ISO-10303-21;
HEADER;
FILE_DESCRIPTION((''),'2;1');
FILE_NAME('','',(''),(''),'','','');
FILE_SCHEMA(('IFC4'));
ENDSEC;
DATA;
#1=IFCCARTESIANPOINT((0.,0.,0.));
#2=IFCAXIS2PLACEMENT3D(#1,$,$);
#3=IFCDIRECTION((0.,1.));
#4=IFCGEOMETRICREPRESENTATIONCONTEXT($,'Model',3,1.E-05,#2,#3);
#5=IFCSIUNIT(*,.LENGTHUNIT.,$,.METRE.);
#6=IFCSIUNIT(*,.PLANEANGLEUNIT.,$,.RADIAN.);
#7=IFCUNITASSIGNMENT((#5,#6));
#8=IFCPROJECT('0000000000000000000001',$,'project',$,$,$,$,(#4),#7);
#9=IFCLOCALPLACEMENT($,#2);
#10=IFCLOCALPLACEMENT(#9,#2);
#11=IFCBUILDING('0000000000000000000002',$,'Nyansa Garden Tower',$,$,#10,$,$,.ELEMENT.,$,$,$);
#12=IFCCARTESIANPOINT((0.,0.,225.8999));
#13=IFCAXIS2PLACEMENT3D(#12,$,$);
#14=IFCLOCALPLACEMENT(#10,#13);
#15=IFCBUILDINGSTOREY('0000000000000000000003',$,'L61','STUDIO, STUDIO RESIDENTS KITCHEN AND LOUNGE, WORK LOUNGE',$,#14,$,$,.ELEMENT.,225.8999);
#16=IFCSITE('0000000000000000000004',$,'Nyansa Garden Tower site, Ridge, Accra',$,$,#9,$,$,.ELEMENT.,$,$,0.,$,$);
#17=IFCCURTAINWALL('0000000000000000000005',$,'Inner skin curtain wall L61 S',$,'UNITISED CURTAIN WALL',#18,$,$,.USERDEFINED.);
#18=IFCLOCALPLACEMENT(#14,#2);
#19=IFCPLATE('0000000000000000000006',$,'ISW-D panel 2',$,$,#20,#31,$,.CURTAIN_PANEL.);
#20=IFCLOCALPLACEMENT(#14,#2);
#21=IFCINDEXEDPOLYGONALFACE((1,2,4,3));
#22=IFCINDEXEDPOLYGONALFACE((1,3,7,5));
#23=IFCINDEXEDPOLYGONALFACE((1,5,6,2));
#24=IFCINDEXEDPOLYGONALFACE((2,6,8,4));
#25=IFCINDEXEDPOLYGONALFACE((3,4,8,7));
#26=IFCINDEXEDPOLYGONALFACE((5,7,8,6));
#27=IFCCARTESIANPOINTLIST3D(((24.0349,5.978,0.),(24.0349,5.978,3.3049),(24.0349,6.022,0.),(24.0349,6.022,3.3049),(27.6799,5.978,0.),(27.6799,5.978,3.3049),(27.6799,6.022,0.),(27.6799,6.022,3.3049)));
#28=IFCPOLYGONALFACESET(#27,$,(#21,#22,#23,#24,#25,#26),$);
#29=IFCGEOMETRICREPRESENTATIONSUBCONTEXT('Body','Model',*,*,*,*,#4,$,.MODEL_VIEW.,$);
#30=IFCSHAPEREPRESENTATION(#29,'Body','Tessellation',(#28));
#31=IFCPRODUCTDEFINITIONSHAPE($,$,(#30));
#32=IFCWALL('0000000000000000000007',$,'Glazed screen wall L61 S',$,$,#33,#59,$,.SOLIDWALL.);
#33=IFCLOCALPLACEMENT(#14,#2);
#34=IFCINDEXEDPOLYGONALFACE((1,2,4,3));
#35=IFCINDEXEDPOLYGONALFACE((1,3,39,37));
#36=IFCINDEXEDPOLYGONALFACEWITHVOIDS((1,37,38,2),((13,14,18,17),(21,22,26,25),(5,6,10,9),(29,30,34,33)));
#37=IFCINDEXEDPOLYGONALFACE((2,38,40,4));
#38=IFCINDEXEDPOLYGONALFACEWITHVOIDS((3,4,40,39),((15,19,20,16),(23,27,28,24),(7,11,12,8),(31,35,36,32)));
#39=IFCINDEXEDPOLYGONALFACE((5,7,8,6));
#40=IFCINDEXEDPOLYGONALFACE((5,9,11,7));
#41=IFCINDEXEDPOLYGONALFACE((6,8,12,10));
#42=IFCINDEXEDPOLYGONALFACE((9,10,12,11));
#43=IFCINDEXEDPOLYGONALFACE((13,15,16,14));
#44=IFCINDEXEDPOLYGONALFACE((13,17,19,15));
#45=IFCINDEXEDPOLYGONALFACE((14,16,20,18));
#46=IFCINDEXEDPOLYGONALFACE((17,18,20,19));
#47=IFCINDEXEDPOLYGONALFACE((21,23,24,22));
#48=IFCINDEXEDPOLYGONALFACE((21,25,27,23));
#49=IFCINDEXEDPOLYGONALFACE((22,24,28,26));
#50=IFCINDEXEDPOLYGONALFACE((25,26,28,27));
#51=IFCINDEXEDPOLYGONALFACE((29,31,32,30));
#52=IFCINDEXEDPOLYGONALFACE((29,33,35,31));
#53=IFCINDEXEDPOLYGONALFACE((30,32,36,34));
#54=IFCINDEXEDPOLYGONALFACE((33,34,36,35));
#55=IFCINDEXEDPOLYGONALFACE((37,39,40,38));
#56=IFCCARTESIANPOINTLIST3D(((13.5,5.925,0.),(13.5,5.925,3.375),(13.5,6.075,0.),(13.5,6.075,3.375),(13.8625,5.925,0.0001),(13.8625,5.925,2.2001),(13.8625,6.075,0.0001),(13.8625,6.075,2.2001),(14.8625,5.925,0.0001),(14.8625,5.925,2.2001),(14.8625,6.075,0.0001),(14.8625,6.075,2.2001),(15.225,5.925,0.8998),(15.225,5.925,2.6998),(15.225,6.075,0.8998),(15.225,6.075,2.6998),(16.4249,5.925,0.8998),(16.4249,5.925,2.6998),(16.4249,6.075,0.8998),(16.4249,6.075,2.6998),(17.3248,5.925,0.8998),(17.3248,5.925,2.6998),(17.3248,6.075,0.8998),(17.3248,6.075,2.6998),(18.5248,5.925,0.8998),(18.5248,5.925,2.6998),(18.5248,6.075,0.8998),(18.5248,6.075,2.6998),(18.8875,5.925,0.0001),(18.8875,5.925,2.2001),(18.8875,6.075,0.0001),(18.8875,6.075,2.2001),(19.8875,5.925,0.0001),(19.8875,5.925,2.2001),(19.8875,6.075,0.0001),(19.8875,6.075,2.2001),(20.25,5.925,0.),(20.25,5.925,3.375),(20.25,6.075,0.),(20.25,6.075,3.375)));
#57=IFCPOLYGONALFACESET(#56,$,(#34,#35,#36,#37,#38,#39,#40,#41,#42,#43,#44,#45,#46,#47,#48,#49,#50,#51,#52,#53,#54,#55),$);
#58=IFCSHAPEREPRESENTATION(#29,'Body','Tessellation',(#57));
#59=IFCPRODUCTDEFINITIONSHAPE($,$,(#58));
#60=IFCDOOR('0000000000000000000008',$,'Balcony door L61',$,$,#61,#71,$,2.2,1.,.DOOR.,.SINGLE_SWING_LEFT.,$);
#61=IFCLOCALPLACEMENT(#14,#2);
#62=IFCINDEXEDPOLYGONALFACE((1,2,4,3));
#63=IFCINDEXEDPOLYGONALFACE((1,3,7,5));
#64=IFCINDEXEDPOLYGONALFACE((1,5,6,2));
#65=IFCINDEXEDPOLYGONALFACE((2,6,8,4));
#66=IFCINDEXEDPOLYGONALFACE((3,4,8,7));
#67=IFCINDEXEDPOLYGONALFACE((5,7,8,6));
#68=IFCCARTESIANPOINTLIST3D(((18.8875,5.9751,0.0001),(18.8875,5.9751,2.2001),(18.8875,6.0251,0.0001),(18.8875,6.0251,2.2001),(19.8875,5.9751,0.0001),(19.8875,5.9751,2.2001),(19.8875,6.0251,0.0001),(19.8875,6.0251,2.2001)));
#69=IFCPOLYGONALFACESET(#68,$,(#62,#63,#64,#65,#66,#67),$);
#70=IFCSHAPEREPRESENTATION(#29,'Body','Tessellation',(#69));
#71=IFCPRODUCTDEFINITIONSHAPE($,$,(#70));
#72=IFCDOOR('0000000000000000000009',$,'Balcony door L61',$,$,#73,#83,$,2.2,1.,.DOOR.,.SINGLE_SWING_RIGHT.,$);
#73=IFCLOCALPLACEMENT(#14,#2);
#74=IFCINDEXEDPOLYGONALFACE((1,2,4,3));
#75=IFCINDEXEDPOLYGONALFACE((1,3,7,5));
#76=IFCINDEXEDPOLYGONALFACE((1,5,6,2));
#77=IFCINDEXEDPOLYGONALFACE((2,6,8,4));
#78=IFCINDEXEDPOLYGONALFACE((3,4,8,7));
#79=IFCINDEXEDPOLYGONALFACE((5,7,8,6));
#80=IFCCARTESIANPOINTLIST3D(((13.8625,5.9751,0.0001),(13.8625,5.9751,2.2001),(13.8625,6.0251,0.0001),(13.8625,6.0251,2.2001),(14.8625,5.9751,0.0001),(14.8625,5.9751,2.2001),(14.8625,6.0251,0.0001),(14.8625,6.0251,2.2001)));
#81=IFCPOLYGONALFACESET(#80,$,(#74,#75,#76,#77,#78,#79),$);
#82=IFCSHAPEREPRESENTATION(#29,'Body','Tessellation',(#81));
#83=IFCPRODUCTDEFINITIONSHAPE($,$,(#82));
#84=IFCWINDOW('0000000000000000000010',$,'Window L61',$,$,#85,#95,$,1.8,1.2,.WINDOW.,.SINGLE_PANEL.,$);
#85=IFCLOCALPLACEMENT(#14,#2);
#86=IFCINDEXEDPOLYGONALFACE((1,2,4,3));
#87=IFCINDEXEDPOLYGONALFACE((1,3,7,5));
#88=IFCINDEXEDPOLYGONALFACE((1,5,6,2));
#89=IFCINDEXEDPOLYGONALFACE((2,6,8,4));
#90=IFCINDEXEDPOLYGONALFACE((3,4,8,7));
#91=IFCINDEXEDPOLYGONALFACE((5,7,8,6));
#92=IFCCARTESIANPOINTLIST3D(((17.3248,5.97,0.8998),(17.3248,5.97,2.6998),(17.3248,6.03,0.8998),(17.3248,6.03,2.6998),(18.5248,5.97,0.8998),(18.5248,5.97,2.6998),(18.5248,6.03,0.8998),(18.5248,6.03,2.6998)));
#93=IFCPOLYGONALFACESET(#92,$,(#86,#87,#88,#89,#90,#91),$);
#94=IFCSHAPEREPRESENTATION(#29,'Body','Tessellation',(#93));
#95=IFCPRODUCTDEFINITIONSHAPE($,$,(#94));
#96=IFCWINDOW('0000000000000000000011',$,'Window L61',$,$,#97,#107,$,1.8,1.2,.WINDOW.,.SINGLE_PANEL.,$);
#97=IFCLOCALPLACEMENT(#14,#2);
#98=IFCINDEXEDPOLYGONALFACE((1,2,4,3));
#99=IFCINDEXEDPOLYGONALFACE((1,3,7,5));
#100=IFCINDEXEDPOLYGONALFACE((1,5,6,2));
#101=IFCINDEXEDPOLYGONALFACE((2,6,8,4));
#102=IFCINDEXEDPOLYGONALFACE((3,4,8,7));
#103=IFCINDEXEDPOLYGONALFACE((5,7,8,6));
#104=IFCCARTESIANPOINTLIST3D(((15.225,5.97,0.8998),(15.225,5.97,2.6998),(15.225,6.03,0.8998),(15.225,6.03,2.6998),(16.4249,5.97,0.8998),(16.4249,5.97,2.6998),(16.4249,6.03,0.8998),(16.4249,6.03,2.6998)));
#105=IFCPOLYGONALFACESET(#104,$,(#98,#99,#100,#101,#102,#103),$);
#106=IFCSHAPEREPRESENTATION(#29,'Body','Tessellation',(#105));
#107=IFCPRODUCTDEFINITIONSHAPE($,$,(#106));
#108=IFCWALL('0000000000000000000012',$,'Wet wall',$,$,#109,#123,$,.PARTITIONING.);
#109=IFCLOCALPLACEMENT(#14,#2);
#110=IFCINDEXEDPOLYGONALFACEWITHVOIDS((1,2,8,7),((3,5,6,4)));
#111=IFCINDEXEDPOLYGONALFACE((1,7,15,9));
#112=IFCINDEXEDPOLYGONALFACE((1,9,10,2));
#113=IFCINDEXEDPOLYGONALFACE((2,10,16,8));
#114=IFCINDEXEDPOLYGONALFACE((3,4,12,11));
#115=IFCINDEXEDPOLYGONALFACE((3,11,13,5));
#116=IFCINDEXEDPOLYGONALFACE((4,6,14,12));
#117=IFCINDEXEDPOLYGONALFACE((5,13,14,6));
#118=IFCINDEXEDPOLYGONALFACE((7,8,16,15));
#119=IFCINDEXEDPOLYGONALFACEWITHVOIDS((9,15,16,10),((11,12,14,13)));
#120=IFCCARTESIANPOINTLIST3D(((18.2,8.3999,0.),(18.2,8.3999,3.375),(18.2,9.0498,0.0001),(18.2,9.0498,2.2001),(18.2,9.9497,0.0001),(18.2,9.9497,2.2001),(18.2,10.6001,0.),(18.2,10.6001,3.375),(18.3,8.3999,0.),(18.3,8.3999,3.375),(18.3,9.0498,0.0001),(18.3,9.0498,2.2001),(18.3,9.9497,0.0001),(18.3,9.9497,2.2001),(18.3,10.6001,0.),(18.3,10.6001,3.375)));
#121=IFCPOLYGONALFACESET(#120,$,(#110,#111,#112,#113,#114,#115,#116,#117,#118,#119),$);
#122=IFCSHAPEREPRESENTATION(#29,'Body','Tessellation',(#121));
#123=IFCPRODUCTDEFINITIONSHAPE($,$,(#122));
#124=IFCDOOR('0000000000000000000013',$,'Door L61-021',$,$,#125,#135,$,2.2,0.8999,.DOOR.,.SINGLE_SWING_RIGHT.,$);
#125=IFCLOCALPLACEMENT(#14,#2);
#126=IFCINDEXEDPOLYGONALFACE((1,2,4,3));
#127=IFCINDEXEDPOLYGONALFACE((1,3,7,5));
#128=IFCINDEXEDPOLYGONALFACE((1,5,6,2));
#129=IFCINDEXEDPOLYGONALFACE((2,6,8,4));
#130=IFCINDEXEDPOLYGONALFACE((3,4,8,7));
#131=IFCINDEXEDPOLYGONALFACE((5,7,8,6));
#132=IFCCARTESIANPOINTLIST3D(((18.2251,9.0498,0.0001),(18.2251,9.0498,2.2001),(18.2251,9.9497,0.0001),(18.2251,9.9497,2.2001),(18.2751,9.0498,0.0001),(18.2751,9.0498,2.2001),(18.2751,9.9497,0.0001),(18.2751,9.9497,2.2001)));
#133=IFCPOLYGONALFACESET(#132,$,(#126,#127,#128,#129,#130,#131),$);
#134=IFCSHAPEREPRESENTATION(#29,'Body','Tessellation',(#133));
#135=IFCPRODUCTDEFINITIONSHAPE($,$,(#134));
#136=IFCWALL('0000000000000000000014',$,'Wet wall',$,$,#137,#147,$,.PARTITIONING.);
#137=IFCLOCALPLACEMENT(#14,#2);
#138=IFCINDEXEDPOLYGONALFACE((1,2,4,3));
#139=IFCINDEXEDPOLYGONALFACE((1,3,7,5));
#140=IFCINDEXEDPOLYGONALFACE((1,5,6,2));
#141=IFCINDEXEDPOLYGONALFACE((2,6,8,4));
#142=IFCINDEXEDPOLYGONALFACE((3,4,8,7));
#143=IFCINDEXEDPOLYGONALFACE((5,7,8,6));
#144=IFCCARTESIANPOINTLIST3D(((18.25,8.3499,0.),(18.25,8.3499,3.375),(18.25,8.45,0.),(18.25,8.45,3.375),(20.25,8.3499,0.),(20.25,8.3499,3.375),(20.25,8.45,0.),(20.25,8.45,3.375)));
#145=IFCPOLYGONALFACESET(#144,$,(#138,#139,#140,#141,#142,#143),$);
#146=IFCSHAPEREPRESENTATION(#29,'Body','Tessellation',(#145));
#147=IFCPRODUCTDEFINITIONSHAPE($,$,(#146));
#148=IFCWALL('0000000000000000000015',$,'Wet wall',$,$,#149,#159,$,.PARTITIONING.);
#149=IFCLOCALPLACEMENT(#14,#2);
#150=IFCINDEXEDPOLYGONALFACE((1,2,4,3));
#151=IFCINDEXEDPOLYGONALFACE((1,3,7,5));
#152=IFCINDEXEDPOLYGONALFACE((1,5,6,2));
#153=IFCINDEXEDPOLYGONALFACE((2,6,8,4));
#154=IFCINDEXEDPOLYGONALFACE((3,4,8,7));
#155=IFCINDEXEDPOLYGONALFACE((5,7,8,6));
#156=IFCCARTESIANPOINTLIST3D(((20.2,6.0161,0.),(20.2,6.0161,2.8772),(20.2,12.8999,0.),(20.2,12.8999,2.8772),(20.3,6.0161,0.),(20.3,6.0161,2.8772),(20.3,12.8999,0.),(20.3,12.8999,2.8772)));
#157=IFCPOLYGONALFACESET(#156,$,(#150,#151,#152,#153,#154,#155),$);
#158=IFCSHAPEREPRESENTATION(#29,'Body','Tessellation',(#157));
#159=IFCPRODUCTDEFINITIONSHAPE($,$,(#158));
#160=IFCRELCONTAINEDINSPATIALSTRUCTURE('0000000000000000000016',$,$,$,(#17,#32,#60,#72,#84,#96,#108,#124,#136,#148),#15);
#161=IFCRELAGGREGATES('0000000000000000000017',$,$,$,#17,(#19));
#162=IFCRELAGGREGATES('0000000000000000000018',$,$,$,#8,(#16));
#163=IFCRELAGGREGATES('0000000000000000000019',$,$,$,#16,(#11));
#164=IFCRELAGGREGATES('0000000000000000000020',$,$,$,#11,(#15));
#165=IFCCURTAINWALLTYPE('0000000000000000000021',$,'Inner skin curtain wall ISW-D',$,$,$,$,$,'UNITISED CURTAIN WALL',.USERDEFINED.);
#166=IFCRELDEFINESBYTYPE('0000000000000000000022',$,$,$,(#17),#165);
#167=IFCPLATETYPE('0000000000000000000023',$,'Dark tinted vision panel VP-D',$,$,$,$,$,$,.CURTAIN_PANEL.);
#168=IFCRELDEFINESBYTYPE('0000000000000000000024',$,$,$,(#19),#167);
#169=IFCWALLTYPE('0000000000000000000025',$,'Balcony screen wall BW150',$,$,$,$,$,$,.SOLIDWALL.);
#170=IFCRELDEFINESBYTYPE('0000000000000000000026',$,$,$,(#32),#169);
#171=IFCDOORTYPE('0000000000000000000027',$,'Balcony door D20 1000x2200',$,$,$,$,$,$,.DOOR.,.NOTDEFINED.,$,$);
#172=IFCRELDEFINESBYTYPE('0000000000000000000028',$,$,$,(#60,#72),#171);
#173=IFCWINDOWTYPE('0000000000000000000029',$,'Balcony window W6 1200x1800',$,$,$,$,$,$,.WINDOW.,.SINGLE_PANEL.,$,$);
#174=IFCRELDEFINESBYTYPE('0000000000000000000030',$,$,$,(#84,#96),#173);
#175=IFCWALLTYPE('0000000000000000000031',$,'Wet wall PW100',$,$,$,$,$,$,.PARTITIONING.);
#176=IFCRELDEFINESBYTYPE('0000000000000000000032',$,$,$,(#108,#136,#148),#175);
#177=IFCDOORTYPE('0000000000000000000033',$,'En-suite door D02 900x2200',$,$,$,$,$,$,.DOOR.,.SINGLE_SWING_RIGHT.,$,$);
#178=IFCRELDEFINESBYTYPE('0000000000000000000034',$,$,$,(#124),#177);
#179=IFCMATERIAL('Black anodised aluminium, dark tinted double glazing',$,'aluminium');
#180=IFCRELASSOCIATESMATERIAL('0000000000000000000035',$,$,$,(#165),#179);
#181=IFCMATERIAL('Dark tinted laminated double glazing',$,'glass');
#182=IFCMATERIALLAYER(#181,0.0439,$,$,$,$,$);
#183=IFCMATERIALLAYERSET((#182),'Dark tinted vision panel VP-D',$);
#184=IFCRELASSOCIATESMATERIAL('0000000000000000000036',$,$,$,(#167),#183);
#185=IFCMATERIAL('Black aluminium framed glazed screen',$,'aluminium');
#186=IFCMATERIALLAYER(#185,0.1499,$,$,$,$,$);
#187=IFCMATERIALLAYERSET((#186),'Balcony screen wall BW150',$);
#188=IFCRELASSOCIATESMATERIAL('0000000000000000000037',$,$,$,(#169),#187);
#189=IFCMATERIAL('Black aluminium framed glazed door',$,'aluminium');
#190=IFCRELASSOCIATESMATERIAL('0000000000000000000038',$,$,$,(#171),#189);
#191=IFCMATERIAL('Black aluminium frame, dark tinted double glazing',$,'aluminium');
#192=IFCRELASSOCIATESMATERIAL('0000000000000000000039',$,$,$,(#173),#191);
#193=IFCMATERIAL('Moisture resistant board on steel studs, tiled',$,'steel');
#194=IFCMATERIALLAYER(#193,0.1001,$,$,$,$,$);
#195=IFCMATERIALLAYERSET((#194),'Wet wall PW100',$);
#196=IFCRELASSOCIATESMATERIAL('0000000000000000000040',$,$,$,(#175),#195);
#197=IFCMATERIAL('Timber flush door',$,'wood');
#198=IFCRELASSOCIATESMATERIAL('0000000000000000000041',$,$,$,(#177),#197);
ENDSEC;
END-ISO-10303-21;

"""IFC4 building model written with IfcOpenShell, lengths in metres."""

from ifc_helpers import new_model, si_unit, direction, frame, frame_2d, origin, origin_2d, place, context, subcontext, project, spatial, rectangle, extrude, material, layer, layer_set, type_object, element, fill, aggregate, save


model = new_model("IFC4")

# Units and contexts
model_context = context("Model", 3, precision=1e-05, world=origin(), true_north=direction((0.0, 1.0)))
body_context = subcontext(model_context, "Body", "Model", "MODEL_VIEW")
ifc_project = project(units=[si_unit("LENGTHUNIT", "METRE"), si_unit("PLANEANGLEUNIT", "RADIAN")], contexts=[model_context])

# Site, building, storey
site_placement = place(None, origin())
site = spatial("IfcSite", under=ifc_project, at=site_placement, Name="Nyansa Garden Tower site, Ridge, Accra", CompositionType="ELEMENT", RefElevation=0.0)
building_placement = place(site_placement, origin())
building = spatial("IfcBuilding", under=site, at=building_placement, Name="Nyansa Garden Tower", CompositionType="ELEMENT")
storey_placement = place(building_placement, frame((0.0, 0.0, 225.8999)))
storey = spatial("IfcBuildingStorey", under=building, at=storey_placement, Name="L61", Description="STUDIO, STUDIO RESIDENTS KITCHEN AND LOUNGE, WORK LOUNGE", CompositionType="ELEMENT", Elevation=225.8999)

# Curtain wall
ifc_material_1 = material(Name="Black anodised aluminium, dark tinted double glazing", Category="aluminium")
curtain_wall_type = type_object("IfcCurtainWallType", Name="Inner skin curtain wall ISW-D", ElementType="UNITISED CURTAIN WALL", PredefinedType="USERDEFINED", material=ifc_material_1)
curtain_wall_placement = place(storey_placement, origin())
curtain_wall = element("IfcCurtainWall", 1, at=curtain_wall_placement, inside=storey, type_object=curtain_wall_type, Name="Inner skin curtain wall L61 S", ObjectType="UNITISED CURTAIN WALL", PredefinedType="USERDEFINED")

# Plate
ifc_material_2 = material(Name="Dark tinted laminated double glazing", Category="glass")
ifc_layer_1 = layer(ifc_material_2, 0.0439)
ifc_layer_set_1 = layer_set([ifc_layer_1], Name="Dark tinted vision panel VP-D")
plate_type = type_object("IfcPlateType", Name="Dark tinted vision panel VP-D", PredefinedType="CURTAIN_PANEL", material=ifc_layer_set_1)
plate_1_placement = place(storey_placement, frame((25.8574, 6.0, 0.0), z_axis=(0.0, 0.0, 1.0), x_axis=(1.0, 0.0, 0.0)))
plate_1 = element("IfcPlate", 2, at=plate_1_placement, type_object=plate_type, Name="ISW-D panel 2", PredefinedType="CURTAIN_PANEL", context=body_context, shape_type="SweptSolid", body=[
    extrude(rectangle(XDim=3.645, YDim=0.0439, at=origin_2d()), origin(), (0.0, 0.0, 1.0), 3.3049),
])
aggregate(curtain_wall, [plate_1])

# Wall, openings, doors, windows
ifc_material_3 = material(Name="Black aluminium framed glazed screen", Category="aluminium")
ifc_layer_2 = layer(ifc_material_3, 0.1499)
ifc_layer_set_2 = layer_set([ifc_layer_2], Name="Balcony screen wall BW150")
wall_type_1 = type_object("IfcWallType", Name="Balcony screen wall BW150", PredefinedType="SOLIDWALL", material=ifc_layer_set_2)
wall_1_placement = place(storey_placement, frame((20.25, 6.0, 0.0), z_axis=(0.0, 0.0, 1.0), x_axis=(-1.0, 0.0, 0.0)))
wall_1 = element("IfcWall", 3, at=wall_1_placement, inside=storey, type_object=wall_type_1, Name="Glazed screen wall L61 S", PredefinedType="SOLIDWALL", context=body_context, shape_type="SweptSolid", body=[
    extrude(rectangle(XDim=6.75, YDim=0.1499, at=frame_2d((3.375, 0.0))), origin(), (0.0, 0.0, 1.0), 3.375),
])
opening_1_placement = place(wall_1_placement, frame((0.3625, 0.0, 0.0)))
opening_1 = element("IfcOpeningElement", 4, at=opening_1_placement, cuts=wall_1, PredefinedType="OPENING", context=body_context, shape_type="SweptSolid", body=[
    extrude(rectangle(XDim=1.0, YDim=2.2, at=frame_2d((0.5, 1.1001))), frame((0.0, 0.085, 0.0), z_axis=(0.0, -1.0, 0.0), x_axis=(1.0, 0.0, 0.0)), (0.0, 0.0, 1.0), 0.1699),
])
opening_2_placement = place(wall_1_placement, frame((1.7251, 0.0, 0.8999)))
opening_2 = element("IfcOpeningElement", 5, at=opening_2_placement, cuts=wall_1, PredefinedType="OPENING", context=body_context, shape_type="SweptSolid", body=[
    extrude(rectangle(XDim=1.2, YDim=1.8, at=frame_2d((0.6001, 0.8999))), frame((0.0, 0.085, 0.0), z_axis=(0.0, -1.0, 0.0), x_axis=(1.0, 0.0, 0.0)), (0.0, 0.0, 1.0), 0.1699),
])
opening_3_placement = place(wall_1_placement, frame((5.3875, 0.0, 0.0)))
opening_3 = element("IfcOpeningElement", 6, at=opening_3_placement, cuts=wall_1, PredefinedType="OPENING", context=body_context, shape_type="SweptSolid", body=[
    extrude(rectangle(XDim=1.0, YDim=2.2, at=frame_2d((0.5, 1.1001))), frame((0.0, 0.085, 0.0), z_axis=(0.0, -1.0, 0.0), x_axis=(1.0, 0.0, 0.0)), (0.0, 0.0, 1.0), 0.1699),
])
opening_4_placement = place(wall_1_placement, frame((3.825, 0.0, 0.8999)))
opening_4 = element("IfcOpeningElement", 7, at=opening_4_placement, cuts=wall_1, PredefinedType="OPENING", context=body_context, shape_type="SweptSolid", body=[
    extrude(rectangle(XDim=1.2, YDim=1.8, at=frame_2d((0.6001, 0.8999))), frame((0.0, 0.085, 0.0), z_axis=(0.0, -1.0, 0.0), x_axis=(1.0, 0.0, 0.0)), (0.0, 0.0, 1.0), 0.1699),
])
ifc_material_4 = material(Name="Black aluminium framed glazed door", Category="aluminium")
door_type_1 = type_object("IfcDoorType", Name="Balcony door D20 1000x2200", OperationType="NOTDEFINED", PredefinedType="DOOR", material=ifc_material_4)
door_1_placement = place(opening_1_placement, origin())
door_1 = element("IfcDoor", 8, at=door_1_placement, inside=storey, type_object=door_type_1, Name="Balcony door L61", OperationType="SINGLE_SWING_LEFT", OverallHeight=2.2, OverallWidth=1.0, PredefinedType="DOOR", context=body_context, shape_type="SweptSolid", body=[
    extrude(rectangle(XDim=1.0, YDim=2.2, at=frame_2d((0.5, 1.1001))), frame((0.0, 0.0249, 0.0), z_axis=(0.0, -1.0, 0.0), x_axis=(1.0, 0.0, 0.0)), (0.0, 0.0, 1.0), 0.05),
])
fill(opening_1, door_1)
door_2_placement = place(opening_3_placement, origin())
door_2 = element("IfcDoor", 9, at=door_2_placement, inside=storey, type_object=door_type_1, Name="Balcony door L61", OperationType="SINGLE_SWING_RIGHT", OverallHeight=2.2, OverallWidth=1.0, PredefinedType="DOOR", context=body_context, shape_type="SweptSolid", body=[
    extrude(rectangle(XDim=1.0, YDim=2.2, at=frame_2d((0.5, 1.1001))), frame((0.0, 0.0249, 0.0), z_axis=(0.0, -1.0, 0.0), x_axis=(1.0, 0.0, 0.0)), (0.0, 0.0, 1.0), 0.05),
])
fill(opening_3, door_2)
ifc_material_5 = material(Name="Black aluminium frame, dark tinted double glazing", Category="aluminium")
window_type = type_object("IfcWindowType", Name="Balcony window W6 1200x1800", PartitioningType="SINGLE_PANEL", PredefinedType="WINDOW", material=ifc_material_5)
window_1_placement = place(opening_2_placement, origin())
window_1 = element("IfcWindow", 10, at=window_1_placement, inside=storey, type_object=window_type, Name="Window L61", OverallHeight=1.8, OverallWidth=1.2, PartitioningType="SINGLE_PANEL", PredefinedType="WINDOW", context=body_context, shape_type="SweptSolid", body=[
    extrude(rectangle(XDim=1.2, YDim=1.8, at=frame_2d((0.6001, 0.8999))), frame((0.0, 0.03, 0.0), z_axis=(0.0, -1.0, 0.0), x_axis=(1.0, 0.0, 0.0)), (0.0, 0.0, 1.0), 0.0601),
])
fill(opening_2, window_1)
window_2_placement = place(opening_4_placement, origin())
window_2 = element("IfcWindow", 11, at=window_2_placement, inside=storey, type_object=window_type, Name="Window L61", OverallHeight=1.8, OverallWidth=1.2, PartitioningType="SINGLE_PANEL", PredefinedType="WINDOW", context=body_context, shape_type="SweptSolid", body=[
    extrude(rectangle(XDim=1.2, YDim=1.8, at=frame_2d((0.6001, 0.8999))), frame((0.0, 0.03, 0.0), z_axis=(0.0, -1.0, 0.0), x_axis=(1.0, 0.0, 0.0)), (0.0, 0.0, 1.0), 0.0601),
])
fill(opening_4, window_2)

# Wall, opening, door
ifc_material_6 = material(Name="Moisture resistant board on steel studs, tiled", Category="steel")
ifc_layer_3 = layer(ifc_material_6, 0.1001)
ifc_layer_set_3 = layer_set([ifc_layer_3], Name="Wet wall PW100")
wall_type_2 = type_object("IfcWallType", Name="Wet wall PW100", PredefinedType="PARTITIONING", material=ifc_layer_set_3)
wall_2_placement = place(storey_placement, frame((18.25, 8.3999, 0.0), z_axis=(0.0, 0.0, 1.0), x_axis=(0.0, 1.0, 0.0)))
wall_2 = element("IfcWall", 12, at=wall_2_placement, inside=storey, type_object=wall_type_2, Name="Wet wall", PredefinedType="PARTITIONING", context=body_context, shape_type="SweptSolid", body=[
    extrude(rectangle(XDim=2.2002, YDim=0.1001, at=frame_2d((1.1001, 0.0))), origin(), (0.0, 0.0, 1.0), 3.375),
])
opening_5_placement = place(wall_2_placement, frame((0.6499, 0.0, 0.0)))
opening_5 = element("IfcOpeningElement", 13, at=opening_5_placement, cuts=wall_2, PredefinedType="OPENING", context=body_context, shape_type="SweptSolid", body=[
    extrude(rectangle(XDim=0.8999, YDim=2.2, at=frame_2d((0.45, 1.1001))), frame((0.0, 0.0601, 0.0), z_axis=(0.0, -1.0, 0.0), x_axis=(1.0, 0.0, 0.0)), (0.0, 0.0, 1.0), 0.1201),
])
ifc_material_7 = material(Name="Timber flush door", Category="wood")
door_type_2 = type_object("IfcDoorType", Name="En-suite door D02 900x2200", OperationType="SINGLE_SWING_RIGHT", PredefinedType="DOOR", material=ifc_material_7)
door_3_placement = place(opening_5_placement, origin())
door_3 = element("IfcDoor", 14, at=door_3_placement, inside=storey, type_object=door_type_2, Name="Door L61-021", OperationType="SINGLE_SWING_RIGHT", OverallHeight=2.2, OverallWidth=0.8999, PredefinedType="DOOR", context=body_context, shape_type="SweptSolid", body=[
    extrude(rectangle(XDim=0.8999, YDim=2.2, at=frame_2d((0.45, 1.1001))), frame((0.0, 0.0249, 0.0), z_axis=(0.0, -1.0, 0.0), x_axis=(1.0, 0.0, 0.0)), (0.0, 0.0, 1.0), 0.05),
])
fill(opening_5, door_3)

# Walls
wall_3_placement = place(storey_placement, frame((18.25, 8.3999, 0.0), z_axis=(0.0, 0.0, 1.0), x_axis=(1.0, 0.0, 0.0)))
element("IfcWall", 15, at=wall_3_placement, inside=storey, type_object=wall_type_2, Name="Wet wall", PredefinedType="PARTITIONING", context=body_context, shape_type="SweptSolid", body=[
    extrude(rectangle(XDim=2.0, YDim=0.1001, at=frame_2d((1.0, 0.0))), origin(), (0.0, 0.0, 1.0), 3.375),
])
wall_4_placement = place(storey_placement, frame((20.25, 6.0161, 0.0), z_axis=(0.0, 0.0, 1.0), x_axis=(0.0, 1.0, 0.0)))
element("IfcWall", 16, at=wall_4_placement, inside=storey, type_object=wall_type_2, Name="Wet wall", PredefinedType="PARTITIONING", context=body_context, shape_type="SweptSolid", body=[
    extrude(rectangle(XDim=6.8838, YDim=0.1001, at=frame_2d((3.4419, 0.0))), origin(), (0.0, 0.0, 1.0), 2.8772),
])

save(model, "model.ifc")
